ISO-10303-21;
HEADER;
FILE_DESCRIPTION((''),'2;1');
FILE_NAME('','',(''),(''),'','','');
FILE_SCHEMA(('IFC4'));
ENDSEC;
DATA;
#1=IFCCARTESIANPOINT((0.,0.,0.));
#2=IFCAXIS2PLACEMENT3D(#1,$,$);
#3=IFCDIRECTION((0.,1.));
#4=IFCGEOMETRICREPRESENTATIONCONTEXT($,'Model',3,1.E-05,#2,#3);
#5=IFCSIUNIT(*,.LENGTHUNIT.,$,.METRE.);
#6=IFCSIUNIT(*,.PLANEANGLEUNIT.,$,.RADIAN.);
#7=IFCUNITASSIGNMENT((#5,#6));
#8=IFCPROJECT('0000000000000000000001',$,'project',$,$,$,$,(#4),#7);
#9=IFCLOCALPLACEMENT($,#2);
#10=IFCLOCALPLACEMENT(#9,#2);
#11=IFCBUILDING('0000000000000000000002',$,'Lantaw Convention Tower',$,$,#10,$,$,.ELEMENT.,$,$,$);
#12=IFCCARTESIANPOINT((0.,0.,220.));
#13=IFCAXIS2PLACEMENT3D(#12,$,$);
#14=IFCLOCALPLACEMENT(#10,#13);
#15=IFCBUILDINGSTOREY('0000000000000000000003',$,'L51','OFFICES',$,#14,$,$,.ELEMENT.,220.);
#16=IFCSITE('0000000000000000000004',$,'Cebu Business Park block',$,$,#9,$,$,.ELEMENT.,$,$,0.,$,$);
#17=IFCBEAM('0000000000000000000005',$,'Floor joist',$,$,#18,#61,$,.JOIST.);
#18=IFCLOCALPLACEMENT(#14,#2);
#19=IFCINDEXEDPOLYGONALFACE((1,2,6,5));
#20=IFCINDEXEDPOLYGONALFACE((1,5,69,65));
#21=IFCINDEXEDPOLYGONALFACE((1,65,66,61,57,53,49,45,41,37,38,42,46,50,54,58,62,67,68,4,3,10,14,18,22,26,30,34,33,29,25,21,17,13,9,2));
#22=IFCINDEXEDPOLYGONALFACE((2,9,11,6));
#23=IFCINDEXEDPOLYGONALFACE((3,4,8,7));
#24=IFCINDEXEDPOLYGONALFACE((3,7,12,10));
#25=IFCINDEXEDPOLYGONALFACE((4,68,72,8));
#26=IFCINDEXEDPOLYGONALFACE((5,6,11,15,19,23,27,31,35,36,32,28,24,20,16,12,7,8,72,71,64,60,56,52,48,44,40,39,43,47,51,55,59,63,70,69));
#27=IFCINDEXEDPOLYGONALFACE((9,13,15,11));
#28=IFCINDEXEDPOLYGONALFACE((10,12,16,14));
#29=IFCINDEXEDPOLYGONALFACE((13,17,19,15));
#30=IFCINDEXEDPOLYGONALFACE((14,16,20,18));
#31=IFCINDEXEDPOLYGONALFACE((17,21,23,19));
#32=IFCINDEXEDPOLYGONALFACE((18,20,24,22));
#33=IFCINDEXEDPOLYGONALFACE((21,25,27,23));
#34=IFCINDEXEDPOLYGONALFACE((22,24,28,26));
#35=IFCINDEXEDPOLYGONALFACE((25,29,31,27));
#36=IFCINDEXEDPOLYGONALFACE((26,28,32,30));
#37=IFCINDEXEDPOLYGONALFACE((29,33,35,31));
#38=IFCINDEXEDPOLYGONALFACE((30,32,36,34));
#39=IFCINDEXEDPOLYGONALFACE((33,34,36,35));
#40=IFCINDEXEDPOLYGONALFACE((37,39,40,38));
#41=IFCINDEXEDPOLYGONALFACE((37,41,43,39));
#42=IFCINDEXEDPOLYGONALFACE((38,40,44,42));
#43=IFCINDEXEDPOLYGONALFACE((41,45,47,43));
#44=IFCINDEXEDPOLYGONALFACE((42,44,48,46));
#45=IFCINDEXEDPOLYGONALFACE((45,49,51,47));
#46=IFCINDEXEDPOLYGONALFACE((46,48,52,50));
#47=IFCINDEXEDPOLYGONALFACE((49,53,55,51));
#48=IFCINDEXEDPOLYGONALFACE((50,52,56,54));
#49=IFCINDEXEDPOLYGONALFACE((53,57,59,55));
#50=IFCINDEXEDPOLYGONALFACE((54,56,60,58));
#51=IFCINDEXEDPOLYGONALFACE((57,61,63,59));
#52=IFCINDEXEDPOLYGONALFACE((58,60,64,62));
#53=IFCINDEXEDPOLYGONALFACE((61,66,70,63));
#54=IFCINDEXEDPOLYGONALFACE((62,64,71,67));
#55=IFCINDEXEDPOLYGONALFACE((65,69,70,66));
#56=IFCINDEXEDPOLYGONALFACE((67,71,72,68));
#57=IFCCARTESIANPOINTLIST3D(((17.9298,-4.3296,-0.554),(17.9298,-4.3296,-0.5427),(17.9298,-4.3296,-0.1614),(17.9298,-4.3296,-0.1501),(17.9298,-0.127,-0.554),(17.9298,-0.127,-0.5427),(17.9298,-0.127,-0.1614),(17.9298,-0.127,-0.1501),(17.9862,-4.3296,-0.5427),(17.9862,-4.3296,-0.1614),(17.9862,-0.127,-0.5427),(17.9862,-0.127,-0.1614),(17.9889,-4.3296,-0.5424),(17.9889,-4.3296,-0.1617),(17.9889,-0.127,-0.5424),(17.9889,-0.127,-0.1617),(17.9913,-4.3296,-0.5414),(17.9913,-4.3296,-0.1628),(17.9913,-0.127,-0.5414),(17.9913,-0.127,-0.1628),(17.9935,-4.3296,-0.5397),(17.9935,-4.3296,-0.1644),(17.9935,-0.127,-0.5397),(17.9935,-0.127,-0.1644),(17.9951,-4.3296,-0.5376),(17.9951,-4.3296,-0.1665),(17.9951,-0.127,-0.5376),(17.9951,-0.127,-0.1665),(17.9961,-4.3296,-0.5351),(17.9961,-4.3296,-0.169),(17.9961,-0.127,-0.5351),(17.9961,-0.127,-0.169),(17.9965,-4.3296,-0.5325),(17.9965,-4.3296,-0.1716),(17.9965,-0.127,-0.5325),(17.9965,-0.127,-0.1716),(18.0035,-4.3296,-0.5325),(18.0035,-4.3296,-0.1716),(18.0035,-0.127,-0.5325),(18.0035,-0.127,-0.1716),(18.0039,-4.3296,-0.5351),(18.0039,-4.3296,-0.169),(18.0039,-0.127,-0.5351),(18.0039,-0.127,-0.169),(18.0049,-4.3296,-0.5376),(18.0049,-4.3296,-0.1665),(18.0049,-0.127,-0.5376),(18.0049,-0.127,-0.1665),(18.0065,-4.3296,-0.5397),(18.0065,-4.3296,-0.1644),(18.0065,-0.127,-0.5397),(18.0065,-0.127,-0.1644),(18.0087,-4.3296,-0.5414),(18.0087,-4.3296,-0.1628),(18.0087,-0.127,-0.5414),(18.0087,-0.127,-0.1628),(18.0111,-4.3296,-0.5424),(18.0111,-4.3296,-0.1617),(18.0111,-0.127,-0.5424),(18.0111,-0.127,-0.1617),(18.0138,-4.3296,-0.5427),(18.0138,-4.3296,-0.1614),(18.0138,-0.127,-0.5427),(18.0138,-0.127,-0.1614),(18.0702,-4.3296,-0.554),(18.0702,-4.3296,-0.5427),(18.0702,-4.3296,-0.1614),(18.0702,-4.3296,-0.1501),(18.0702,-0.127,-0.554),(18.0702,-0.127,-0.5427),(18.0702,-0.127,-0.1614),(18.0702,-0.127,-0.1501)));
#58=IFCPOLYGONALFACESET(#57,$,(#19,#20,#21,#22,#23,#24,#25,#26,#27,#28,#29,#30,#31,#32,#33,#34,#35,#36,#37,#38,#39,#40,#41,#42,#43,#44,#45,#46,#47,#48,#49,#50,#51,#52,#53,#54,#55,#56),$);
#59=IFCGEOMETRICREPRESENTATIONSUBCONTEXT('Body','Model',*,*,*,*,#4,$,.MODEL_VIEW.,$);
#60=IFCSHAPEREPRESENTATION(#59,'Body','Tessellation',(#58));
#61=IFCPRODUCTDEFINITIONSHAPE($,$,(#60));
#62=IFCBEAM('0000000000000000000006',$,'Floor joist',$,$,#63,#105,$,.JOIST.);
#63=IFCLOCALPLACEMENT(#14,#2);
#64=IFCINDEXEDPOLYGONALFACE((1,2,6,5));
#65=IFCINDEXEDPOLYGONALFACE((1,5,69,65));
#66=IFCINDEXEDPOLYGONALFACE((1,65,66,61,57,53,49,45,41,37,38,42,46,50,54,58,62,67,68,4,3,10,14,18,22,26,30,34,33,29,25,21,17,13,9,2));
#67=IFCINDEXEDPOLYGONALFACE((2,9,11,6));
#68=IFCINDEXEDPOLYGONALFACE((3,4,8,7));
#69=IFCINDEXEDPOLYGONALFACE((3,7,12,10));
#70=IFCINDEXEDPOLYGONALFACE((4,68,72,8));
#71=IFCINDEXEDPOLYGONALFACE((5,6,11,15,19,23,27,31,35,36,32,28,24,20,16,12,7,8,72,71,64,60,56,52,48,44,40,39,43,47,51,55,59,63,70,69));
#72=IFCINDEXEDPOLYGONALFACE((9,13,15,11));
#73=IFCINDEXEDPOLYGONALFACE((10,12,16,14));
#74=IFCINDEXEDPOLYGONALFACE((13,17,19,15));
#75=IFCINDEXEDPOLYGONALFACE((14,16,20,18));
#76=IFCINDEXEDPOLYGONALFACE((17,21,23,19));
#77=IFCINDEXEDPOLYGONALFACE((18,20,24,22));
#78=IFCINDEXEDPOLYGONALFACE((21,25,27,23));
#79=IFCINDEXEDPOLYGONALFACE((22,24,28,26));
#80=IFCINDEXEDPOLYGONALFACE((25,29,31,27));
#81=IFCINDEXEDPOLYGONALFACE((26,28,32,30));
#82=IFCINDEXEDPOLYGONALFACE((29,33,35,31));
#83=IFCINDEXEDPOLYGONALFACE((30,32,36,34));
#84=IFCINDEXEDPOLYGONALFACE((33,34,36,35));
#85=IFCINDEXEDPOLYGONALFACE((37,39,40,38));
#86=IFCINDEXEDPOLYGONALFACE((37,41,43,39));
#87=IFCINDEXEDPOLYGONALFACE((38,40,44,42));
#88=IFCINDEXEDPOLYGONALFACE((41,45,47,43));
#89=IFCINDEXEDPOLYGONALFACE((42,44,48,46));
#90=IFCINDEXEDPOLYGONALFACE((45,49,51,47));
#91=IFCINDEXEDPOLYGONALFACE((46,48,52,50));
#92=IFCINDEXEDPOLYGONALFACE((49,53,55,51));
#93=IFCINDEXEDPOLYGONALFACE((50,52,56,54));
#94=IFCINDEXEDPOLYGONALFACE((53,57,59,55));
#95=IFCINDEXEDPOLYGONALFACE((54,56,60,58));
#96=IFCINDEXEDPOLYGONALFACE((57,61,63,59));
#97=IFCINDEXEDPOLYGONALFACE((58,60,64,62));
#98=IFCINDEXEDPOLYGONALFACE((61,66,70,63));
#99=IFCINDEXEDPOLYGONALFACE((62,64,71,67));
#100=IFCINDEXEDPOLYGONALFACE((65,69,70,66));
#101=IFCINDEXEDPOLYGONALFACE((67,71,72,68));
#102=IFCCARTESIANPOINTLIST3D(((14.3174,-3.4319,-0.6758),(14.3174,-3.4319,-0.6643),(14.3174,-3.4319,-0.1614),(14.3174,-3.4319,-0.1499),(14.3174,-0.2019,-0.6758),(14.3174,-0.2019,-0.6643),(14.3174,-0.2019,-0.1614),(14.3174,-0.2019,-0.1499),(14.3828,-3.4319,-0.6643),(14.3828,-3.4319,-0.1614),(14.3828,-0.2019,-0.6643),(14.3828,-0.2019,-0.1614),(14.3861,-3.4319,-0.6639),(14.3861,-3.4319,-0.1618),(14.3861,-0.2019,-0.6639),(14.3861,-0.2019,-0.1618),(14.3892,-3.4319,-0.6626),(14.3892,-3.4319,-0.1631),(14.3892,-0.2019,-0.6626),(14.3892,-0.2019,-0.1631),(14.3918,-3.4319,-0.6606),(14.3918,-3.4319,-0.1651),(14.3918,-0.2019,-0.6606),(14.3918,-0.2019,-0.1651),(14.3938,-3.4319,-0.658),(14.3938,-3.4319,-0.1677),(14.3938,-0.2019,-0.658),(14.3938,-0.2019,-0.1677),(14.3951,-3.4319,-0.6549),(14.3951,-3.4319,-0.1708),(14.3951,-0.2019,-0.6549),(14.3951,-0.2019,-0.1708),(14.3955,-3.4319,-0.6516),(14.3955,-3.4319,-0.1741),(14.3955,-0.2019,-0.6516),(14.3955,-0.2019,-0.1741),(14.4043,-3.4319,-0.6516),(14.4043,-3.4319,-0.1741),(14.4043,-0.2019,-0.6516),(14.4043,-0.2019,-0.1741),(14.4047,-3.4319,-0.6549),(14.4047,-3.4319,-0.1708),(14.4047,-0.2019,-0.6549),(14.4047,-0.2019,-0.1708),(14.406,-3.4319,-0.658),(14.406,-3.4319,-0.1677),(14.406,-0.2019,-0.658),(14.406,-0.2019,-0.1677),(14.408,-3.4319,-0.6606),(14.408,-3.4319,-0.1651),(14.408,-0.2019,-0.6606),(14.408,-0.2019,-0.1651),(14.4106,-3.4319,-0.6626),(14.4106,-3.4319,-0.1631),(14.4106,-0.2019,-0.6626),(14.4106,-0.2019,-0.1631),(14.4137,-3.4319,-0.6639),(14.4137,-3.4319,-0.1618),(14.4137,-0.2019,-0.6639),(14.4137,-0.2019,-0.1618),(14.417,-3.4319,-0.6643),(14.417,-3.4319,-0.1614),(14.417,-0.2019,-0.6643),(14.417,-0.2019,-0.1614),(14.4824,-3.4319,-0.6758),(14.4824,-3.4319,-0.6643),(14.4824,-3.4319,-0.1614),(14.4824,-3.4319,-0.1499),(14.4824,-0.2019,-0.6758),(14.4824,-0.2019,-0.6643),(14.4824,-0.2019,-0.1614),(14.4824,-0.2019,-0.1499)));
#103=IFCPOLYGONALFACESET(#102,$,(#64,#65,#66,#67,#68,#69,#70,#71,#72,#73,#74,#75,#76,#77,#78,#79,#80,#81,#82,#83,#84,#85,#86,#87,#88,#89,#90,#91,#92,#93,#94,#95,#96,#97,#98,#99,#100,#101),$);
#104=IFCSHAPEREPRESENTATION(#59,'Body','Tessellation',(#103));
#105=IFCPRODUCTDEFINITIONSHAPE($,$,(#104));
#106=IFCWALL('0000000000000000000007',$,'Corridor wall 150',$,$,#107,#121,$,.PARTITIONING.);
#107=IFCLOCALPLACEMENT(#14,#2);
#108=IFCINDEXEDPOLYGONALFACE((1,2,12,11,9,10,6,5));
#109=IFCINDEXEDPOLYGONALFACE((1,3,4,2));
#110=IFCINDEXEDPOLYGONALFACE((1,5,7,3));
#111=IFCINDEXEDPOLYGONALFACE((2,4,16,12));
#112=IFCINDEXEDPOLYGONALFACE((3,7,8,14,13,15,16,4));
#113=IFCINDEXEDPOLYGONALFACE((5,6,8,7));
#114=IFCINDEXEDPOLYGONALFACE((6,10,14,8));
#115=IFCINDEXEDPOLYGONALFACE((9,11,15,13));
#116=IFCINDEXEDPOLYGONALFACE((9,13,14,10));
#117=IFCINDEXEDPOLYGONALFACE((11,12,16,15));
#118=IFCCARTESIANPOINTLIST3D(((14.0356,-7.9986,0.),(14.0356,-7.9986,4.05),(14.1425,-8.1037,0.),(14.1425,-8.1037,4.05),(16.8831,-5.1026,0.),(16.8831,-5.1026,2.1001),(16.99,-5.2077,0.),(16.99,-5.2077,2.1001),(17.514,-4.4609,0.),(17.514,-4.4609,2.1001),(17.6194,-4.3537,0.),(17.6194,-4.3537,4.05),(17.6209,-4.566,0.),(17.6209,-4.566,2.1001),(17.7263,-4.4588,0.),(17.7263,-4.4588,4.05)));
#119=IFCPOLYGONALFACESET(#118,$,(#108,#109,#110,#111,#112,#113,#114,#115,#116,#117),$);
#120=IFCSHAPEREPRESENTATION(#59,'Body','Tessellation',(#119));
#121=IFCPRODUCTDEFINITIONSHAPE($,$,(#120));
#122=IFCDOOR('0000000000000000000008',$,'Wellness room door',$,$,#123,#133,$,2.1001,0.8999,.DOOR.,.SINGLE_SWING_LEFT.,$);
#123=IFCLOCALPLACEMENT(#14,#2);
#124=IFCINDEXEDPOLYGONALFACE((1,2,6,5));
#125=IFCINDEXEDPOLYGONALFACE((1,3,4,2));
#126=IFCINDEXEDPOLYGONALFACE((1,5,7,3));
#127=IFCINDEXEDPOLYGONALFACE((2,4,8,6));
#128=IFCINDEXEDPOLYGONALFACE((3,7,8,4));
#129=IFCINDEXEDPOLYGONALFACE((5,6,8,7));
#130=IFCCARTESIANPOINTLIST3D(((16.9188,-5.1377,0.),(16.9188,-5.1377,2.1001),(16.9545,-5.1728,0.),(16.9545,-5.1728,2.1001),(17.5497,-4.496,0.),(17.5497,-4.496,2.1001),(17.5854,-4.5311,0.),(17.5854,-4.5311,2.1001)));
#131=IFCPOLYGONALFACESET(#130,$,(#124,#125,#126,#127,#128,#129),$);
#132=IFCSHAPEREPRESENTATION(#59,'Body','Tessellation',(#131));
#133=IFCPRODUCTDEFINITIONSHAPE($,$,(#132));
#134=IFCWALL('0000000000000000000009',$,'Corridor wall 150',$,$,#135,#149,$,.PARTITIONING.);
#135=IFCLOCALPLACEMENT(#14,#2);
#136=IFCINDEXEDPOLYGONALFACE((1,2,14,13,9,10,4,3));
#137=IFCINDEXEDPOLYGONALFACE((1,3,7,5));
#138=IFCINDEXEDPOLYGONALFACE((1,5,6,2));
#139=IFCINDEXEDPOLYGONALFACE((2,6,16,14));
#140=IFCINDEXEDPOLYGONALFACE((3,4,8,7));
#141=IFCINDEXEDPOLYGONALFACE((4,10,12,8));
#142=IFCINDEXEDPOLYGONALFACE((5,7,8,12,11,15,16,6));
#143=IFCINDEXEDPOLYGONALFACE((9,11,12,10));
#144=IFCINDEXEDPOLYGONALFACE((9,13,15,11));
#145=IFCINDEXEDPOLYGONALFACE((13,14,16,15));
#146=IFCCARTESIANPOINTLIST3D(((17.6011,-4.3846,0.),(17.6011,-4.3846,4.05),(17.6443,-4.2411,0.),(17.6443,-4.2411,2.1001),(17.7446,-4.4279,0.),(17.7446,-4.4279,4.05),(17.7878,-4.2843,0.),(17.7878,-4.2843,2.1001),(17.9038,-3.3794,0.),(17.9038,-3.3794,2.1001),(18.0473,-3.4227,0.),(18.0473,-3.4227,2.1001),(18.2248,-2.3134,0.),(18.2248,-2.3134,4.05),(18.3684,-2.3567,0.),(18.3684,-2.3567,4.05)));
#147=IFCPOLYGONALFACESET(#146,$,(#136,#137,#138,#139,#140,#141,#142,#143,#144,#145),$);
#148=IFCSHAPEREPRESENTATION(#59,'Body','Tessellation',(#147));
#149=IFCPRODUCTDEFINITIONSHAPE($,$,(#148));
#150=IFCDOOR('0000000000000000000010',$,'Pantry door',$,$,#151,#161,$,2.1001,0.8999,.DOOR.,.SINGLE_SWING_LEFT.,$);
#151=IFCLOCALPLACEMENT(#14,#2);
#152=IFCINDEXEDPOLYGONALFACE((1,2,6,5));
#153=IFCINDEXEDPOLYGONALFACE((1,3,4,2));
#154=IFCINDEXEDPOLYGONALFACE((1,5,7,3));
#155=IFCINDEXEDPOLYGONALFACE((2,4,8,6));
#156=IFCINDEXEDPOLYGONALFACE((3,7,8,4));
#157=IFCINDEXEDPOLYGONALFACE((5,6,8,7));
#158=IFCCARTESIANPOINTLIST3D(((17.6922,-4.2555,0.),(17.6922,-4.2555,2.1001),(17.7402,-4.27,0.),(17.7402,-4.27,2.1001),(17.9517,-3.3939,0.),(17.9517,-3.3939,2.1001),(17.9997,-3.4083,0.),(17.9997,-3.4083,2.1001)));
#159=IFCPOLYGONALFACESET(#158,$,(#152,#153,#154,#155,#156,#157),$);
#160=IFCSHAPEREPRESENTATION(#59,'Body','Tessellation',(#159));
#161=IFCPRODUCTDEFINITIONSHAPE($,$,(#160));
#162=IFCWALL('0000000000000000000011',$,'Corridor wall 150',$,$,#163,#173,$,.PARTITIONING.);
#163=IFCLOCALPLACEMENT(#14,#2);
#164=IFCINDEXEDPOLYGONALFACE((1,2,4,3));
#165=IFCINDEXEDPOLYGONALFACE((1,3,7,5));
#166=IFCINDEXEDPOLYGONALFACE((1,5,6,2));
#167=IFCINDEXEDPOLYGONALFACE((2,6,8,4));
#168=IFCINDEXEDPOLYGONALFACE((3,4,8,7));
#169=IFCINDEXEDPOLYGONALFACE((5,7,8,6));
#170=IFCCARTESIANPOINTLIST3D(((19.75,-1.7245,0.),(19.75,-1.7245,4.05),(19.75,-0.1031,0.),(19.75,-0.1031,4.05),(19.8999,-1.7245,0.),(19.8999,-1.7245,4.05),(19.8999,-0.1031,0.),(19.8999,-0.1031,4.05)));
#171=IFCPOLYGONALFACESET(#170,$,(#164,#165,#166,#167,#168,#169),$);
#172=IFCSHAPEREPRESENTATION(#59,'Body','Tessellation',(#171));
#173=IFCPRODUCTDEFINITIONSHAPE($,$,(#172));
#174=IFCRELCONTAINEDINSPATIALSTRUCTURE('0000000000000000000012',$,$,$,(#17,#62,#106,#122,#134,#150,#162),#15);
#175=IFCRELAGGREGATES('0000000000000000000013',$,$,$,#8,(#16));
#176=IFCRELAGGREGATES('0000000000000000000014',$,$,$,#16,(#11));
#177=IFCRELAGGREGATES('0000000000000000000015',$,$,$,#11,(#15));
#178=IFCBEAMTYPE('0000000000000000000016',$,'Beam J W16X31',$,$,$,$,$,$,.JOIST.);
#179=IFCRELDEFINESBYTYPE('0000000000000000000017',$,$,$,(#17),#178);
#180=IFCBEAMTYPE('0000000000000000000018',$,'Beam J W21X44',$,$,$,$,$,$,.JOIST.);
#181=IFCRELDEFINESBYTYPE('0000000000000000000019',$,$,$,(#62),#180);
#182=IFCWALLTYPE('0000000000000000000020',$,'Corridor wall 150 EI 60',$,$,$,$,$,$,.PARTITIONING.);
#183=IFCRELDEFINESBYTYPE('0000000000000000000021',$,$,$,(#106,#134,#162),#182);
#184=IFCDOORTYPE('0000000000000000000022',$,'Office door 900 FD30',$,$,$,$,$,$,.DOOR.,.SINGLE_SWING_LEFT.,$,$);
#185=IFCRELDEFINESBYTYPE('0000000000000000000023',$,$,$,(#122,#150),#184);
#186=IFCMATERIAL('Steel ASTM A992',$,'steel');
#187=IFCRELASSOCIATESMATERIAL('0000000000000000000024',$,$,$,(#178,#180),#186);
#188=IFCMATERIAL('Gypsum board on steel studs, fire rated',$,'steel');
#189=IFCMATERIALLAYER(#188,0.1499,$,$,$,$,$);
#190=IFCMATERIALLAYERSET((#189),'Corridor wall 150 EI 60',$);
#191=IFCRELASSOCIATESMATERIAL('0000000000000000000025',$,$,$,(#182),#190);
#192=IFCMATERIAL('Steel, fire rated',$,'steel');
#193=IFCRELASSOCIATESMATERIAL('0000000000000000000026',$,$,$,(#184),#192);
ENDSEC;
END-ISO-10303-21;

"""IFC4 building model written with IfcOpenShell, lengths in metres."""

from ifc_helpers import new_model, si_unit, direction, frame, frame_2d, origin, origin_2d, place, context, subcontext, project, spatial, rectangle, i_section, extrude, material, layer, layer_set, material_profile, profile_set, type_object, element, fill, save


model = new_model("IFC4")

# Units and contexts
model_context = context("Model", 3, precision=1e-05, world=origin(), true_north=direction((0.0, 1.0)))
body_context = subcontext(model_context, "Body", "Model", "MODEL_VIEW")
ifc_project = project(units=[si_unit("LENGTHUNIT", "METRE"), si_unit("PLANEANGLEUNIT", "RADIAN")], contexts=[model_context])

# Site, building, storey
site_placement = place(None, origin())
site = spatial("IfcSite", under=ifc_project, at=site_placement, Name="Cebu Business Park block", CompositionType="ELEMENT", RefElevation=0.0)
building_placement = place(site_placement, origin())
building = spatial("IfcBuilding", under=site, at=building_placement, Name="Lantaw Convention Tower", CompositionType="ELEMENT")
storey_placement = place(building_placement, frame((0.0, 0.0, 220.0)))
storey = spatial("IfcBuildingStorey", under=building, at=storey_placement, Name="L51", Description="OFFICES", CompositionType="ELEMENT", Elevation=220.0)

# Beams
ifc_material_1 = material(Name="Steel ASTM A992", Category="steel")
ifc_material_profile_1 = material_profile(ifc_material_1, i_section(OverallWidth=0.1404, OverallDepth=0.4038, WebThickness=0.0071, FlangeThickness=0.0112, FilletRadius=0.0103, at=origin_2d()), Name="W16X31")
ifc_profile_set_1 = profile_set([ifc_material_profile_1], Name="Steel ASTM A992")
beam_type_1 = type_object("IfcBeamType", Name="Beam J W16X31", PredefinedType="JOIST", material=ifc_profile_set_1)
beam_1_placement = place(storey_placement, frame((18.0, -4.3296, -0.3521), z_axis=(0.0, 1.0, 0.0), x_axis=(-1.0, 0.0, 0.0)))
element("IfcBeam", 1, at=beam_1_placement, inside=storey, type_object=beam_type_1, Name="Floor joist", PredefinedType="JOIST", context=body_context, shape_type="SweptSolid", body=[
    extrude(i_section(OverallWidth=0.1404, OverallDepth=0.4038, WebThickness=0.0071, FlangeThickness=0.0112, FilletRadius=0.0103, at=origin_2d()), origin(), (0.0, 0.0, 1.0), 4.2026),
])
ifc_material_profile_2 = material_profile(ifc_material_1, i_section(OverallWidth=0.165, OverallDepth=0.5259, WebThickness=0.0088, FlangeThickness=0.0115, FilletRadius=0.0127, at=origin_2d()), Name="W21X44")
ifc_profile_set_2 = profile_set([ifc_material_profile_2], Name="Steel ASTM A992")
beam_type_2 = type_object("IfcBeamType", Name="Beam J W21X44", PredefinedType="JOIST", material=ifc_profile_set_2)
beam_2_placement = place(storey_placement, frame((14.3999, -3.4319, -0.4128), z_axis=(0.0, 1.0, 0.0), x_axis=(-1.0, 0.0, 0.0)))
element("IfcBeam", 2, at=beam_2_placement, inside=storey, type_object=beam_type_2, Name="Floor joist", PredefinedType="JOIST", context=body_context, shape_type="SweptSolid", body=[
    extrude(i_section(OverallWidth=0.165, OverallDepth=0.5259, WebThickness=0.0088, FlangeThickness=0.0115, FilletRadius=0.0127, at=origin_2d()), origin(), (0.0, 0.0, 1.0), 3.23),
])

# Walls, openings, doors
ifc_material_2 = material(Name="Gypsum board on steel studs, fire rated", Category="steel")
ifc_layer_1 = layer(ifc_material_2, 0.1499)
ifc_layer_set_1 = layer_set([ifc_layer_1], Name="Corridor wall 150 EI 60")
wall_type_1 = type_object("IfcWallType", Name="Corridor wall 150 EI 60", PredefinedType="PARTITIONING", material=ifc_layer_set_1)
wall_1_placement = place(storey_placement, frame((14.0891, -8.051, 0.0), z_axis=(0.0, 0.0, 1.0), x_axis=(0.701111, 0.713052, 0.0)))
wall_1 = element("IfcWall", 3, at=wall_1_placement, inside=storey, type_object=wall_type_1, Name="Corridor wall 150", PredefinedType="PARTITIONING", context=body_context, shape_type="SweptSolid", body=[
    extrude(rectangle(XDim=5.1116, YDim=0.1499, at=frame_2d((2.5557, 0.0))), origin(), (0.0, 0.0, 1.0), 4.05),
])
opening_1_placement = place(wall_1_placement, frame((4.0613, 0.0, 0.0)))
opening_1 = element("IfcOpeningElement", 4, at=opening_1_placement, cuts=wall_1, PredefinedType="OPENING", context=body_context, shape_type="SweptSolid", body=[
    extrude(rectangle(XDim=0.8999, YDim=2.1001, at=frame_2d((0.45, 1.05))), frame((0.0, 0.085, 0.0), z_axis=(0.0, -1.0, 0.0), x_axis=(1.0, 0.0, 0.0)), (0.0, 0.0, 1.0), 0.1699),
])
ifc_material_3 = material(Name="Steel, fire rated", Category="steel")
door_type_1 = type_object("IfcDoorType", Name="Office door 900 FD30", OperationType="SINGLE_SWING_LEFT", PredefinedType="DOOR", material=ifc_material_3)
door_1_placement = place(opening_1_placement, origin())
door_1 = element("IfcDoor", 5, at=door_1_placement, inside=storey, type_object=door_type_1, Name="Wellness room door", OperationType="SINGLE_SWING_LEFT", OverallHeight=2.1001, OverallWidth=0.8999, PredefinedType="DOOR", context=body_context, shape_type="SweptSolid", body=[
    extrude(rectangle(XDim=0.8999, YDim=2.1001, at=frame_2d((0.45, 1.05))), frame((0.0, 0.0249, 0.0), z_axis=(0.0, -1.0, 0.0), x_axis=(1.0, 0.0, 0.0)), (0.0, 0.0, 1.0), 0.05),
])
fill(opening_1, door_1)
wall_2_placement = place(storey_placement, frame((17.6729, -4.4062, 0.0), z_axis=(0.0, 0.0, 1.0), x_axis=(0.288362, 0.957521, 0.0)))
wall_2 = element("IfcWall", 6, at=wall_2_placement, inside=storey, type_object=wall_type_1, Name="Corridor wall 150", PredefinedType="PARTITIONING", context=body_context, shape_type="SweptSolid", body=[
    extrude(rectangle(XDim=2.1631, YDim=0.1499, at=frame_2d((1.0815, 0.0))), origin(), (0.0, 0.0, 1.0), 4.05),
])
opening_2_placement = place(wall_2_placement, frame((0.1499, 0.0, 0.0)))
opening_2 = element("IfcOpeningElement", 7, at=opening_2_placement, cuts=wall_2, PredefinedType="OPENING", context=body_context, shape_type="SweptSolid", body=[
    extrude(rectangle(XDim=0.8999, YDim=2.1001, at=frame_2d((0.45, 1.05))), frame((0.0, 0.085, 0.0), z_axis=(0.0, -1.0, 0.0), x_axis=(1.0, 0.0, 0.0)), (0.0, 0.0, 1.0), 0.1699),
])
door_2_placement = place(opening_2_placement, origin())
door_2 = element("IfcDoor", 8, at=door_2_placement, inside=storey, type_object=door_type_1, Name="Pantry door", OperationType="SINGLE_SWING_LEFT", OverallHeight=2.1001, OverallWidth=0.8999, PredefinedType="DOOR", context=body_context, shape_type="SweptSolid", body=[
    extrude(rectangle(XDim=0.8999, YDim=2.1001, at=frame_2d((0.45, 1.05))), frame((0.0, 0.0249, 0.0), z_axis=(0.0, -1.0, 0.0), x_axis=(1.0, 0.0, 0.0)), (0.0, 0.0, 1.0), 0.05),
])
fill(opening_2, door_2)

# Wall
wall_3_placement = place(storey_placement, frame((19.825, -0.1033, 0.0), z_axis=(0.0, 0.0, 1.0), x_axis=(0.0, -1.0, 0.0)))
element("IfcWall", 9, at=wall_3_placement, inside=storey, type_object=wall_type_1, Name="Corridor wall 150", PredefinedType="PARTITIONING", context=body_context, shape_type="SweptSolid", body=[
    extrude(rectangle(XDim=1.6213, YDim=0.1499, at=frame_2d((0.8105, 0.0))), origin(), (0.0, 0.0, 1.0), 4.05),
])

save(model, "model.ifc")
